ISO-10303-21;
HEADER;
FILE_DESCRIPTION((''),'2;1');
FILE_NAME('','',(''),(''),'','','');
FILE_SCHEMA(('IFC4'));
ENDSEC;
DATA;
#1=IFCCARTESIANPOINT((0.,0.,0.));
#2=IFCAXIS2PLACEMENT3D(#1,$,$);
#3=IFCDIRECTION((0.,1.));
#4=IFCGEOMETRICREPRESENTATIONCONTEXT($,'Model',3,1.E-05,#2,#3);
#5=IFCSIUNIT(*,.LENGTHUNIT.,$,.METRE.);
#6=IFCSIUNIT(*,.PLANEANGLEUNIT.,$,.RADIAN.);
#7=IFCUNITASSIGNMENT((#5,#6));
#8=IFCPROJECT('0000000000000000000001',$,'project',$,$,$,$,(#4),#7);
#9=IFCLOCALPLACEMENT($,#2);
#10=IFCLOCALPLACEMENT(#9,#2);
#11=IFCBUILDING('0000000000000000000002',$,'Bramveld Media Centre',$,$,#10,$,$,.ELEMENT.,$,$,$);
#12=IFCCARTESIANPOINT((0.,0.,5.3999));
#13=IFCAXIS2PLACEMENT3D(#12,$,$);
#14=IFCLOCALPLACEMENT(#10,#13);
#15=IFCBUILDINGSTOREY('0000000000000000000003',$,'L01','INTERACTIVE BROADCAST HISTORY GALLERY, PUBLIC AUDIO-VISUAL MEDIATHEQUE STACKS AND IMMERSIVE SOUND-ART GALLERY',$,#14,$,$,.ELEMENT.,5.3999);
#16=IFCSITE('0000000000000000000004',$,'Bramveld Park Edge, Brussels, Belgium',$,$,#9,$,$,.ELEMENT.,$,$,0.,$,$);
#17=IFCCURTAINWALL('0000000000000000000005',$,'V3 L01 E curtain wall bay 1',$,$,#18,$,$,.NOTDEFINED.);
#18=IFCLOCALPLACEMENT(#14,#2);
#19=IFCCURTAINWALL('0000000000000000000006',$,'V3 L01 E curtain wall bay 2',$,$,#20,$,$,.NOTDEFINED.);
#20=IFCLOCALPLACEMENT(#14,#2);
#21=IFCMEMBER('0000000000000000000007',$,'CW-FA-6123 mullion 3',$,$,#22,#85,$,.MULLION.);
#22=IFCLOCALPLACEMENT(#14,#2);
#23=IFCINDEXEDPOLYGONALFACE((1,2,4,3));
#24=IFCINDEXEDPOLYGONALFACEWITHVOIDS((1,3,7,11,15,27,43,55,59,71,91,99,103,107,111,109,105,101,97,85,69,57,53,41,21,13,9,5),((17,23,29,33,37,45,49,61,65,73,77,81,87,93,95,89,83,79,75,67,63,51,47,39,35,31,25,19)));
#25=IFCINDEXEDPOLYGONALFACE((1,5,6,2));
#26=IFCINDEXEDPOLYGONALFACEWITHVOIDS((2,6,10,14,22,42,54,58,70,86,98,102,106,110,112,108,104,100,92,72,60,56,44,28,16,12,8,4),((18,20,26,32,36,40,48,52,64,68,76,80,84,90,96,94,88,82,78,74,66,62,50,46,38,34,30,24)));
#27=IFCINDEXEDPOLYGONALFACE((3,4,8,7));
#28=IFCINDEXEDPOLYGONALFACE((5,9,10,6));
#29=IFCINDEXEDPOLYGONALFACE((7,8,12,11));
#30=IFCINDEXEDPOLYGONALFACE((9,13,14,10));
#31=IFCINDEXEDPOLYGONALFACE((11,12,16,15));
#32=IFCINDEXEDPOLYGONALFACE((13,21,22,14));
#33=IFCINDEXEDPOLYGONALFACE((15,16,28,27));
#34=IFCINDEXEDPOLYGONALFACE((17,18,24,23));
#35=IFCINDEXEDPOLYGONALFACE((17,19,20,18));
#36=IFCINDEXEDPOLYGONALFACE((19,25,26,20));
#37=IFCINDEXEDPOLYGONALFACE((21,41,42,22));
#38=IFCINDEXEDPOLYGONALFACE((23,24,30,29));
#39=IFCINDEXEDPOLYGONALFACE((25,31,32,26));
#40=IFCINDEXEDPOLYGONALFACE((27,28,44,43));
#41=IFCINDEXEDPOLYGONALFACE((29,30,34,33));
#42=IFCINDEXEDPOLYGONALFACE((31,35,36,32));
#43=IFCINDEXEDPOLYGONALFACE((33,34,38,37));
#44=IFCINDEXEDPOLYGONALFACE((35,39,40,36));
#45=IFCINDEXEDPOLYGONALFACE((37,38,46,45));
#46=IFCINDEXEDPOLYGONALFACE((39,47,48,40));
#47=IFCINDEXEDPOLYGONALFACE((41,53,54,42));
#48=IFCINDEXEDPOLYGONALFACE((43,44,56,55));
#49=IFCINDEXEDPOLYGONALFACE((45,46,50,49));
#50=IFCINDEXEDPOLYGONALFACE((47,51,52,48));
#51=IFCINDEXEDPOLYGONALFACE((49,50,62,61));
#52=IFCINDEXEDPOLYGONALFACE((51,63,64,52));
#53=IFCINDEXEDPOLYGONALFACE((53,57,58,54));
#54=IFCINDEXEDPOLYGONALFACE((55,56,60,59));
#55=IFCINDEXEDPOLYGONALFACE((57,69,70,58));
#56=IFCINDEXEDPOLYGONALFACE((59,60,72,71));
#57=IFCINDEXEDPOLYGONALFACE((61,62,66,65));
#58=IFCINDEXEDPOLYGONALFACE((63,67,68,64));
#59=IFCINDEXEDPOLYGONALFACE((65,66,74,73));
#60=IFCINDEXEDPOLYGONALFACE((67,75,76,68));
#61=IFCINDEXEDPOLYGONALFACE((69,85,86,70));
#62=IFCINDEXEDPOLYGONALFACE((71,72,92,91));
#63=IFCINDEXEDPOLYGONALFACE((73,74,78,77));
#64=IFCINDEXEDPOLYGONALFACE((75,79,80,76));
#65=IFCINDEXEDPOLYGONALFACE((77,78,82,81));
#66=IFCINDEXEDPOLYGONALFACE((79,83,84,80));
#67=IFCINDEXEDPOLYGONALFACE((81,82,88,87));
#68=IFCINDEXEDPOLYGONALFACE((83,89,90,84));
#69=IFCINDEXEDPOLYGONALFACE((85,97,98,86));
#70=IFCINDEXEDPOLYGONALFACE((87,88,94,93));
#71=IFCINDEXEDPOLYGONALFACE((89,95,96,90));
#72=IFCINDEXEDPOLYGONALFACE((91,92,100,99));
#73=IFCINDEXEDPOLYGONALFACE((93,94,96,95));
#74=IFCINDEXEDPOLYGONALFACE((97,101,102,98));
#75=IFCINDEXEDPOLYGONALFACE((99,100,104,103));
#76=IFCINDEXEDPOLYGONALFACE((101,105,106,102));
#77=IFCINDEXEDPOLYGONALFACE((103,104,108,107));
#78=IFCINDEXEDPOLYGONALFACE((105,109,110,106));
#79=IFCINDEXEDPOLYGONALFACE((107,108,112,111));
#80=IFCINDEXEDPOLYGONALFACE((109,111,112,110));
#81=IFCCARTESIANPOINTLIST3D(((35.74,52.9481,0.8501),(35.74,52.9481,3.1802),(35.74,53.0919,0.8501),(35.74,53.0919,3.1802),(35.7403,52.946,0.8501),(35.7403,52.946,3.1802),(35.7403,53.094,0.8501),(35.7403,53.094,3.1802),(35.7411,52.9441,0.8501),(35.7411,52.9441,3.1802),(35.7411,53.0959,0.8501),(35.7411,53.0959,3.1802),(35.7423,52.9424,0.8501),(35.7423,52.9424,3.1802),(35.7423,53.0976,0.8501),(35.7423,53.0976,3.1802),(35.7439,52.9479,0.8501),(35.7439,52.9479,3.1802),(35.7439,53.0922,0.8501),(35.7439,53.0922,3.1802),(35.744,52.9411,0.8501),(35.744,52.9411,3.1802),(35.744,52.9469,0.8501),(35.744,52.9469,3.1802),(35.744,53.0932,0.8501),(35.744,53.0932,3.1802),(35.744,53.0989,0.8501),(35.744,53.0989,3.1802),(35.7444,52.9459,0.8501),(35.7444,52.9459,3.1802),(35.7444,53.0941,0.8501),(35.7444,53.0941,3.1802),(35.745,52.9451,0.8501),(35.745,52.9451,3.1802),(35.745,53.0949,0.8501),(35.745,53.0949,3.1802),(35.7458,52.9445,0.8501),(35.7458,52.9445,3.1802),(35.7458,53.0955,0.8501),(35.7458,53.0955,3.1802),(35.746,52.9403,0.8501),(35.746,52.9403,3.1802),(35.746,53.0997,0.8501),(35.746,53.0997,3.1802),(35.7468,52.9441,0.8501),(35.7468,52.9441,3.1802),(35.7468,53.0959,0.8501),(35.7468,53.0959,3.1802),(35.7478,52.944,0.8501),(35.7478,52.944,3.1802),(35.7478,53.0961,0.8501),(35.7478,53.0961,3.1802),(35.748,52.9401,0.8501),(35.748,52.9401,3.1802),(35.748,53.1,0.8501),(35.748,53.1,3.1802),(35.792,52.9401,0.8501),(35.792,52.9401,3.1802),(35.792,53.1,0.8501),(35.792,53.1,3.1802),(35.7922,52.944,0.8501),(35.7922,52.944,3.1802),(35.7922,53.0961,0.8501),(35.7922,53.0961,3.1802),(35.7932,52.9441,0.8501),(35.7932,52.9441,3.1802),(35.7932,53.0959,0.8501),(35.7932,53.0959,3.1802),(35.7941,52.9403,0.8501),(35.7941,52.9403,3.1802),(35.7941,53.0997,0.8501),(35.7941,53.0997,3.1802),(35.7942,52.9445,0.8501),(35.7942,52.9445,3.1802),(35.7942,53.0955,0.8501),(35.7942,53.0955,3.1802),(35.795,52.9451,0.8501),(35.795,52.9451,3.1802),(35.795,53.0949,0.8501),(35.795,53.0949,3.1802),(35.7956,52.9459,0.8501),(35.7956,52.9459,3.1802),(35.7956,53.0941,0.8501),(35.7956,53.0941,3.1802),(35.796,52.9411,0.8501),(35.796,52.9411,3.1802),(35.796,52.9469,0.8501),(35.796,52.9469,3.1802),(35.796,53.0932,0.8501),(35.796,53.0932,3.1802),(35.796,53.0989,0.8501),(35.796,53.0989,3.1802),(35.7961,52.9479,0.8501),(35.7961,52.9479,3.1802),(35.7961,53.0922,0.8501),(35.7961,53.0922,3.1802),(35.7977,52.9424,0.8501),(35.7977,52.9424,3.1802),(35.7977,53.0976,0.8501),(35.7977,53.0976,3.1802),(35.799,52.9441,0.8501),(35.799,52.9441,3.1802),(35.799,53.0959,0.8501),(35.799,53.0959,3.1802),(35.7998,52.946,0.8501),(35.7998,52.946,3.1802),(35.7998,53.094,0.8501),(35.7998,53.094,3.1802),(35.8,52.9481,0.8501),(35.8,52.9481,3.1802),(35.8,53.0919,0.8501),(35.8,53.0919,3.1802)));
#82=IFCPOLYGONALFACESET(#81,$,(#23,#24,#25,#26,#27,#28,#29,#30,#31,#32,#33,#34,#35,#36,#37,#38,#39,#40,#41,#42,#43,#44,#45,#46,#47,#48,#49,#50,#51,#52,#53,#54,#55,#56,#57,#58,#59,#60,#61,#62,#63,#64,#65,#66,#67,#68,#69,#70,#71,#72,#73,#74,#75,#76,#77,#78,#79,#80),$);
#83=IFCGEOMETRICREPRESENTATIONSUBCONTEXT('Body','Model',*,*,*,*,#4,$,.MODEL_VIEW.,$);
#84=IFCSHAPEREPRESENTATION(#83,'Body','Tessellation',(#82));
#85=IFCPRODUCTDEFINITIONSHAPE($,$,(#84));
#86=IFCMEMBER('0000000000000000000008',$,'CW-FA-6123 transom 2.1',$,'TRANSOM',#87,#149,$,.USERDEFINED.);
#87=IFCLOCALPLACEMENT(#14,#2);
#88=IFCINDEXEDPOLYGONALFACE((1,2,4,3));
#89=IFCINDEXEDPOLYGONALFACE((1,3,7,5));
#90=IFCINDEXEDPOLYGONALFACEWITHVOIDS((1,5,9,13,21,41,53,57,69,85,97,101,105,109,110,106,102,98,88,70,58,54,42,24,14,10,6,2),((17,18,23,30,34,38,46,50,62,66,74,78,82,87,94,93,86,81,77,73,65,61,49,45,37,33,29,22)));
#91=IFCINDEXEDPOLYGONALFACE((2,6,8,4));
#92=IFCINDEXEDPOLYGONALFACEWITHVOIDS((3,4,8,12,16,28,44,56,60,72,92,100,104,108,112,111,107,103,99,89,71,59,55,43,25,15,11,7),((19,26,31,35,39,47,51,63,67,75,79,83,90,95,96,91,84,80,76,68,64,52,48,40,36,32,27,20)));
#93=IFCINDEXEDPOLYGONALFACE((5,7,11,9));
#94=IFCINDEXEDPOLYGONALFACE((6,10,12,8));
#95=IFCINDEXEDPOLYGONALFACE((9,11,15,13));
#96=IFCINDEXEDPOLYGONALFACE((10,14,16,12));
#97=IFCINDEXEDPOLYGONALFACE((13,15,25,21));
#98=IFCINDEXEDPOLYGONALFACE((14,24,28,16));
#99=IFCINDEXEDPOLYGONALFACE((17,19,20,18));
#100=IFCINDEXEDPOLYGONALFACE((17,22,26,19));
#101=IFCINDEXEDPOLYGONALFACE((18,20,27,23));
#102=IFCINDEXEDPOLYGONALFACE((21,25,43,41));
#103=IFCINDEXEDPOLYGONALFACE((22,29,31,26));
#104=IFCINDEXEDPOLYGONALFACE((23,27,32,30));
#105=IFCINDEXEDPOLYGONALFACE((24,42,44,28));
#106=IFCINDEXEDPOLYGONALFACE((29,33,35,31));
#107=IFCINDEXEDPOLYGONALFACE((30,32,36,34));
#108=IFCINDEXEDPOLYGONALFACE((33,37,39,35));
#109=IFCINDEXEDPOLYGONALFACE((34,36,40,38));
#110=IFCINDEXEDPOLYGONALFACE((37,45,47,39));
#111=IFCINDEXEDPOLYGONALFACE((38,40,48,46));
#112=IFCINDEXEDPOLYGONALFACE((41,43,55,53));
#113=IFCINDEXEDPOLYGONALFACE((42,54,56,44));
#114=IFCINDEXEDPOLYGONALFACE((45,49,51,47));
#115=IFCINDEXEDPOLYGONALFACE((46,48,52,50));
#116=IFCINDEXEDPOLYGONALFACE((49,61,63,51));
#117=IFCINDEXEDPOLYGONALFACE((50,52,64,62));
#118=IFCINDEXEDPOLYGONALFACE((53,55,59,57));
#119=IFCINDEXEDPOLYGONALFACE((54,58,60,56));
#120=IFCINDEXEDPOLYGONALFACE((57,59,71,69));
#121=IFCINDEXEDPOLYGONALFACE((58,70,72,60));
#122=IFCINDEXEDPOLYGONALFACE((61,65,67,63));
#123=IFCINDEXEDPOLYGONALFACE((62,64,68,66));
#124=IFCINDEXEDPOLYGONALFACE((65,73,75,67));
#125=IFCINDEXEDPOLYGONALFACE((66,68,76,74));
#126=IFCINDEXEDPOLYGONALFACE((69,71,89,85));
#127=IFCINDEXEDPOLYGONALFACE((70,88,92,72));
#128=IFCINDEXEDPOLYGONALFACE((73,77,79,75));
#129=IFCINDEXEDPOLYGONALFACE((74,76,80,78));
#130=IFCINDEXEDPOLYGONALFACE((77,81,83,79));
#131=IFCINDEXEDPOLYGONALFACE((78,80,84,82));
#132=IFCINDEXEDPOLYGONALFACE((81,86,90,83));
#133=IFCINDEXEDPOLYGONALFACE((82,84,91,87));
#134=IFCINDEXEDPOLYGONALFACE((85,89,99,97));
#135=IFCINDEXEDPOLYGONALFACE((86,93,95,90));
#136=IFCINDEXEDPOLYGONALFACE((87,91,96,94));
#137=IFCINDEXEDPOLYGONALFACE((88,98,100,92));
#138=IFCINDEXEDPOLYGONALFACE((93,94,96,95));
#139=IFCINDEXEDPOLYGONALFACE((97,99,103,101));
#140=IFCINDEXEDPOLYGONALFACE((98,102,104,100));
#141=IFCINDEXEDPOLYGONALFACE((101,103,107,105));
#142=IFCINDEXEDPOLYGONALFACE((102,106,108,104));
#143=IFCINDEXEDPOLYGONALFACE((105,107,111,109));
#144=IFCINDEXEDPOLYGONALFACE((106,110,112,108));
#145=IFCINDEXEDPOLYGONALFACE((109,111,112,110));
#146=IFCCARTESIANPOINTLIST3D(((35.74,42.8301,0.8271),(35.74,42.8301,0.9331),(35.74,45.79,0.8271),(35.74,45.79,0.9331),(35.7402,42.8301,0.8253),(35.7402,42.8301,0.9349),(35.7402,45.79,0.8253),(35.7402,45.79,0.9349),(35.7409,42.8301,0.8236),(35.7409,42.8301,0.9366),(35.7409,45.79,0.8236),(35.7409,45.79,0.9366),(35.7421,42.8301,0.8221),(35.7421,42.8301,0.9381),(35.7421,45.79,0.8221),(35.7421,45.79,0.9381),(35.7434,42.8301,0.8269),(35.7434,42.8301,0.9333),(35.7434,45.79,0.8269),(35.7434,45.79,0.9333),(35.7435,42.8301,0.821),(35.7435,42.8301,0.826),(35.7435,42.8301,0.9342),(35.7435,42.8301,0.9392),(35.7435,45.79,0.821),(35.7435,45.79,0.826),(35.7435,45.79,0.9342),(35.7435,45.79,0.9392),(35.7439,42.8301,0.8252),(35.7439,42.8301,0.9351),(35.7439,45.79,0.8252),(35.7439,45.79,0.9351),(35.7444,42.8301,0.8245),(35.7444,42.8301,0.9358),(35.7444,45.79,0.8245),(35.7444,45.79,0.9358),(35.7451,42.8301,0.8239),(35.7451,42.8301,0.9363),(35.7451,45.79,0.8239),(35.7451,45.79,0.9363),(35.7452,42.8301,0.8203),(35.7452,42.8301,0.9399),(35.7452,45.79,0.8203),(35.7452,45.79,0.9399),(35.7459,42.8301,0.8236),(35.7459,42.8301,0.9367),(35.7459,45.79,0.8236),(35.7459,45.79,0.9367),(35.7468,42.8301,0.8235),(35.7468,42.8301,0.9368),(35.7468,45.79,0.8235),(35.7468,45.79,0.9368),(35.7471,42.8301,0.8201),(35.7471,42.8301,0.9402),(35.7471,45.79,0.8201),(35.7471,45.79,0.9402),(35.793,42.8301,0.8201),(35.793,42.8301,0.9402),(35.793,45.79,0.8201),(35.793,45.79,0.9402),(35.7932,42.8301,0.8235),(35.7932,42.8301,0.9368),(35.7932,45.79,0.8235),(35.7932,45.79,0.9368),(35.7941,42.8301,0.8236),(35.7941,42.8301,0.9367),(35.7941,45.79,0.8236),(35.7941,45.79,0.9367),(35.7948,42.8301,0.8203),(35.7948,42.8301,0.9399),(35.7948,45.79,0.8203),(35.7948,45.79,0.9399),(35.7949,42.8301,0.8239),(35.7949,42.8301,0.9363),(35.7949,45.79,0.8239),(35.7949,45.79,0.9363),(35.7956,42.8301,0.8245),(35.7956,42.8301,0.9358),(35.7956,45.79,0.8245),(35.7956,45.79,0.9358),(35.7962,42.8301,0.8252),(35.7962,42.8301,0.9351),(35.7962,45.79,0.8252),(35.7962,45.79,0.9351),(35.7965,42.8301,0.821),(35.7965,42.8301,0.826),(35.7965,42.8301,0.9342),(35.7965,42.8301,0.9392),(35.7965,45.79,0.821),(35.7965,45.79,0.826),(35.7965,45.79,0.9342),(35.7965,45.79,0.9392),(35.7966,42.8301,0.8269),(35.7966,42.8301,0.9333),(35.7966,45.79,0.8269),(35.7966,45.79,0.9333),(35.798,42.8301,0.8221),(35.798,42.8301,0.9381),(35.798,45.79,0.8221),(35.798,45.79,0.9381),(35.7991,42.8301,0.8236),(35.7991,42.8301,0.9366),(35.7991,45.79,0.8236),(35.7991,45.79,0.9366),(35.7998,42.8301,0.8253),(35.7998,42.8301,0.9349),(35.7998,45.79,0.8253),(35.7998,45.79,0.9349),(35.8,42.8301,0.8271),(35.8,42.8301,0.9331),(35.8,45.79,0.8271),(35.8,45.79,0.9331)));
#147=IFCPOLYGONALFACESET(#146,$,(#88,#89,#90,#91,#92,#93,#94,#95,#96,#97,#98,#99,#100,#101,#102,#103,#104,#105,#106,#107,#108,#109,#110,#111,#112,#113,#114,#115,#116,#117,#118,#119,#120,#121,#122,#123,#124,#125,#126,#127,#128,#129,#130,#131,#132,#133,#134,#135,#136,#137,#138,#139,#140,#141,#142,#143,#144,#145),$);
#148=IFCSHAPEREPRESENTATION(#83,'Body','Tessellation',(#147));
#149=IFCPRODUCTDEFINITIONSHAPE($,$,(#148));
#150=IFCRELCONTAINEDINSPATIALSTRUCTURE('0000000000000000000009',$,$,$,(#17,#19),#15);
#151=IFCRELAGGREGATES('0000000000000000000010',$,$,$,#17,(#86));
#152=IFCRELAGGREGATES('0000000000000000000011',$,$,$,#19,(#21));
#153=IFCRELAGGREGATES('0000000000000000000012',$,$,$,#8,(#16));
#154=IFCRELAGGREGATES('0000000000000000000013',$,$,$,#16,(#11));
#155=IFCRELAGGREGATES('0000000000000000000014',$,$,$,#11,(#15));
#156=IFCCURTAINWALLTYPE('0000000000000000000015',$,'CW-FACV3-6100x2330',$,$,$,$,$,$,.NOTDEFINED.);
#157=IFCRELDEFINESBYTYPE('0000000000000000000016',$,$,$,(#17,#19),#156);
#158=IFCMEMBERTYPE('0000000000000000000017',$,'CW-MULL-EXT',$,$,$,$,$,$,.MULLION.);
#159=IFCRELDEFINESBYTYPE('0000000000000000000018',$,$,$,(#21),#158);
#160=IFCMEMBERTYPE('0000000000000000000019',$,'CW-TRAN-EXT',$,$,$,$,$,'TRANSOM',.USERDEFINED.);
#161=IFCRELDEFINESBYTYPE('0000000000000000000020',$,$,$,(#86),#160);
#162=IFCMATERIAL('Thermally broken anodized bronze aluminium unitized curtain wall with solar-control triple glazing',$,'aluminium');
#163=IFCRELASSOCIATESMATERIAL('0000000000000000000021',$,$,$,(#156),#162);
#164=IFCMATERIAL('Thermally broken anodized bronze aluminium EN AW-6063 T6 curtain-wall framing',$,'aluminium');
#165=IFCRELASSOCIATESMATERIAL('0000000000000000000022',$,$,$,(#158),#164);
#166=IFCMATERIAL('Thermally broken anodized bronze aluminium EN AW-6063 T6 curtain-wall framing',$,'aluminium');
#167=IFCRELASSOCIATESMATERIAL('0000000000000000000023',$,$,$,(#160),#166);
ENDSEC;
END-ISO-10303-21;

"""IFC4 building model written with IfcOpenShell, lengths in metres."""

from ifc_helpers import new_model, si_unit, direction, frame, origin, origin_2d, place, context, subcontext, project, spatial, hollow_rectangle, extrude, material, material_profile, profile_set, type_object, element, aggregate, save


model = new_model("IFC4")

# Units and contexts
model_context = context("Model", 3, precision=1e-05, world=origin(), true_north=direction((0.0, 1.0)))
body_context = subcontext(model_context, "Body", "Model", "MODEL_VIEW")
ifc_project = project(units=[si_unit("LENGTHUNIT", "METRE"), si_unit("PLANEANGLEUNIT", "RADIAN")], contexts=[model_context])

# Site, building, storey
site_placement = place(None, origin())
site = spatial("IfcSite", under=ifc_project, at=site_placement, Name="Bramveld Park Edge, Brussels, Belgium", CompositionType="ELEMENT", RefElevation=0.0)
building_placement = place(site_placement, origin())
building = spatial("IfcBuilding", under=site, at=building_placement, Name="Bramveld Media Centre", CompositionType="ELEMENT")
storey_placement = place(building_placement, frame((0.0, 0.0, 5.3999)))
storey = spatial("IfcBuildingStorey", under=building, at=storey_placement, Name="L01", Description="INTERACTIVE BROADCAST HISTORY GALLERY, PUBLIC AUDIO-VISUAL MEDIATHEQUE STACKS AND IMMERSIVE SOUND-ART GALLERY", CompositionType="ELEMENT", Elevation=5.3999)

# Curtain walls, member
ifc_material_1 = material(Name="Thermally broken anodized bronze aluminium unitized curtain wall with solar-control triple glazing", Category="aluminium")
curtain_wall_type = type_object("IfcCurtainWallType", Name="CW-FACV3-6100x2330", PredefinedType="NOTDEFINED", material=ifc_material_1)
curtain_wall_1_placement = place(storey_placement, origin())
curtain_wall_1 = element("IfcCurtainWall", 1, at=curtain_wall_1_placement, inside=storey, type_object=curtain_wall_type, Name="V3 L01 E curtain wall bay 1", PredefinedType="NOTDEFINED")
ifc_material_2 = material(Name="Thermally broken anodized bronze aluminium EN AW-6063 T6 curtain-wall framing", Category="aluminium")
ifc_material_profile_1 = material_profile(ifc_material_2, hollow_rectangle(XDim=0.0601, YDim=0.1599, WallThickness=0.0039, InnerFilletRadius=0.0039, OuterFilletRadius=0.0081, at=origin_2d()), Name="AL-MULL 60x160")
ifc_profile_set_1 = profile_set([ifc_material_profile_1], Name="Thermally broken anodized bronze aluminium EN AW-6063 T6 curtain-wall framing")
member_type_1 = type_object("IfcMemberType", Name="CW-MULL-EXT", PredefinedType="MULLION", material=ifc_profile_set_1)
curtain_wall_2_placement = place(storey_placement, origin())
curtain_wall_2 = element("IfcCurtainWall", 2, at=curtain_wall_2_placement, inside=storey, type_object=curtain_wall_type, Name="V3 L01 E curtain wall bay 2", PredefinedType="NOTDEFINED")
member_1_placement = place(storey_placement, frame((35.77, 53.02, 0.8501), z_axis=(0.0, 0.0, 1.0), x_axis=(-1.0, 0.0, 0.0)))
member_1 = element("IfcMember", 3, at=member_1_placement, type_object=member_type_1, Name="CW-FA-6123 mullion 3", PredefinedType="MULLION", context=body_context, shape_type="SweptSolid", body=[
    extrude(hollow_rectangle(XDim=0.0601, YDim=0.1599, WallThickness=0.0039, InnerFilletRadius=0.0039, OuterFilletRadius=0.0081, at=origin_2d()), origin(), (0.0, 0.0, 1.0), 2.3301),
])

# Member
ifc_material_3 = material(Name="Thermally broken anodized bronze aluminium EN AW-6063 T6 curtain-wall framing", Category="aluminium")
ifc_material_profile_2 = material_profile(ifc_material_3, hollow_rectangle(XDim=0.0601, YDim=0.1201, WallThickness=0.0034, InnerFilletRadius=0.0034, OuterFilletRadius=0.0071, at=origin_2d()), Name="AL-TRAN 60x120")
ifc_profile_set_2 = profile_set([ifc_material_profile_2], Name="Thermally broken anodized bronze aluminium EN AW-6063 T6 curtain-wall framing")
member_type_2 = type_object("IfcMemberType", Name="CW-TRAN-EXT", ElementType="TRANSOM", PredefinedType="USERDEFINED", material=ifc_profile_set_2)
member_2_placement = place(storey_placement, frame((35.77, 42.8301, 0.8801), z_axis=(0.0, 1.0, 0.0), x_axis=(-1.0, 0.0, 0.0)))
member_2 = element("IfcMember", 4, at=member_2_placement, type_object=member_type_2, Name="CW-FA-6123 transom 2.1", ObjectType="TRANSOM", PredefinedType="USERDEFINED", context=body_context, shape_type="SweptSolid", body=[
    extrude(hollow_rectangle(XDim=0.0601, YDim=0.1201, WallThickness=0.0034, InnerFilletRadius=0.0034, OuterFilletRadius=0.0071, at=origin_2d()), origin(), (0.0, 0.0, 1.0), 2.96),
])

aggregate(curtain_wall_1, [member_2])
aggregate(curtain_wall_2, [member_1])

save(model, "model.ifc")
